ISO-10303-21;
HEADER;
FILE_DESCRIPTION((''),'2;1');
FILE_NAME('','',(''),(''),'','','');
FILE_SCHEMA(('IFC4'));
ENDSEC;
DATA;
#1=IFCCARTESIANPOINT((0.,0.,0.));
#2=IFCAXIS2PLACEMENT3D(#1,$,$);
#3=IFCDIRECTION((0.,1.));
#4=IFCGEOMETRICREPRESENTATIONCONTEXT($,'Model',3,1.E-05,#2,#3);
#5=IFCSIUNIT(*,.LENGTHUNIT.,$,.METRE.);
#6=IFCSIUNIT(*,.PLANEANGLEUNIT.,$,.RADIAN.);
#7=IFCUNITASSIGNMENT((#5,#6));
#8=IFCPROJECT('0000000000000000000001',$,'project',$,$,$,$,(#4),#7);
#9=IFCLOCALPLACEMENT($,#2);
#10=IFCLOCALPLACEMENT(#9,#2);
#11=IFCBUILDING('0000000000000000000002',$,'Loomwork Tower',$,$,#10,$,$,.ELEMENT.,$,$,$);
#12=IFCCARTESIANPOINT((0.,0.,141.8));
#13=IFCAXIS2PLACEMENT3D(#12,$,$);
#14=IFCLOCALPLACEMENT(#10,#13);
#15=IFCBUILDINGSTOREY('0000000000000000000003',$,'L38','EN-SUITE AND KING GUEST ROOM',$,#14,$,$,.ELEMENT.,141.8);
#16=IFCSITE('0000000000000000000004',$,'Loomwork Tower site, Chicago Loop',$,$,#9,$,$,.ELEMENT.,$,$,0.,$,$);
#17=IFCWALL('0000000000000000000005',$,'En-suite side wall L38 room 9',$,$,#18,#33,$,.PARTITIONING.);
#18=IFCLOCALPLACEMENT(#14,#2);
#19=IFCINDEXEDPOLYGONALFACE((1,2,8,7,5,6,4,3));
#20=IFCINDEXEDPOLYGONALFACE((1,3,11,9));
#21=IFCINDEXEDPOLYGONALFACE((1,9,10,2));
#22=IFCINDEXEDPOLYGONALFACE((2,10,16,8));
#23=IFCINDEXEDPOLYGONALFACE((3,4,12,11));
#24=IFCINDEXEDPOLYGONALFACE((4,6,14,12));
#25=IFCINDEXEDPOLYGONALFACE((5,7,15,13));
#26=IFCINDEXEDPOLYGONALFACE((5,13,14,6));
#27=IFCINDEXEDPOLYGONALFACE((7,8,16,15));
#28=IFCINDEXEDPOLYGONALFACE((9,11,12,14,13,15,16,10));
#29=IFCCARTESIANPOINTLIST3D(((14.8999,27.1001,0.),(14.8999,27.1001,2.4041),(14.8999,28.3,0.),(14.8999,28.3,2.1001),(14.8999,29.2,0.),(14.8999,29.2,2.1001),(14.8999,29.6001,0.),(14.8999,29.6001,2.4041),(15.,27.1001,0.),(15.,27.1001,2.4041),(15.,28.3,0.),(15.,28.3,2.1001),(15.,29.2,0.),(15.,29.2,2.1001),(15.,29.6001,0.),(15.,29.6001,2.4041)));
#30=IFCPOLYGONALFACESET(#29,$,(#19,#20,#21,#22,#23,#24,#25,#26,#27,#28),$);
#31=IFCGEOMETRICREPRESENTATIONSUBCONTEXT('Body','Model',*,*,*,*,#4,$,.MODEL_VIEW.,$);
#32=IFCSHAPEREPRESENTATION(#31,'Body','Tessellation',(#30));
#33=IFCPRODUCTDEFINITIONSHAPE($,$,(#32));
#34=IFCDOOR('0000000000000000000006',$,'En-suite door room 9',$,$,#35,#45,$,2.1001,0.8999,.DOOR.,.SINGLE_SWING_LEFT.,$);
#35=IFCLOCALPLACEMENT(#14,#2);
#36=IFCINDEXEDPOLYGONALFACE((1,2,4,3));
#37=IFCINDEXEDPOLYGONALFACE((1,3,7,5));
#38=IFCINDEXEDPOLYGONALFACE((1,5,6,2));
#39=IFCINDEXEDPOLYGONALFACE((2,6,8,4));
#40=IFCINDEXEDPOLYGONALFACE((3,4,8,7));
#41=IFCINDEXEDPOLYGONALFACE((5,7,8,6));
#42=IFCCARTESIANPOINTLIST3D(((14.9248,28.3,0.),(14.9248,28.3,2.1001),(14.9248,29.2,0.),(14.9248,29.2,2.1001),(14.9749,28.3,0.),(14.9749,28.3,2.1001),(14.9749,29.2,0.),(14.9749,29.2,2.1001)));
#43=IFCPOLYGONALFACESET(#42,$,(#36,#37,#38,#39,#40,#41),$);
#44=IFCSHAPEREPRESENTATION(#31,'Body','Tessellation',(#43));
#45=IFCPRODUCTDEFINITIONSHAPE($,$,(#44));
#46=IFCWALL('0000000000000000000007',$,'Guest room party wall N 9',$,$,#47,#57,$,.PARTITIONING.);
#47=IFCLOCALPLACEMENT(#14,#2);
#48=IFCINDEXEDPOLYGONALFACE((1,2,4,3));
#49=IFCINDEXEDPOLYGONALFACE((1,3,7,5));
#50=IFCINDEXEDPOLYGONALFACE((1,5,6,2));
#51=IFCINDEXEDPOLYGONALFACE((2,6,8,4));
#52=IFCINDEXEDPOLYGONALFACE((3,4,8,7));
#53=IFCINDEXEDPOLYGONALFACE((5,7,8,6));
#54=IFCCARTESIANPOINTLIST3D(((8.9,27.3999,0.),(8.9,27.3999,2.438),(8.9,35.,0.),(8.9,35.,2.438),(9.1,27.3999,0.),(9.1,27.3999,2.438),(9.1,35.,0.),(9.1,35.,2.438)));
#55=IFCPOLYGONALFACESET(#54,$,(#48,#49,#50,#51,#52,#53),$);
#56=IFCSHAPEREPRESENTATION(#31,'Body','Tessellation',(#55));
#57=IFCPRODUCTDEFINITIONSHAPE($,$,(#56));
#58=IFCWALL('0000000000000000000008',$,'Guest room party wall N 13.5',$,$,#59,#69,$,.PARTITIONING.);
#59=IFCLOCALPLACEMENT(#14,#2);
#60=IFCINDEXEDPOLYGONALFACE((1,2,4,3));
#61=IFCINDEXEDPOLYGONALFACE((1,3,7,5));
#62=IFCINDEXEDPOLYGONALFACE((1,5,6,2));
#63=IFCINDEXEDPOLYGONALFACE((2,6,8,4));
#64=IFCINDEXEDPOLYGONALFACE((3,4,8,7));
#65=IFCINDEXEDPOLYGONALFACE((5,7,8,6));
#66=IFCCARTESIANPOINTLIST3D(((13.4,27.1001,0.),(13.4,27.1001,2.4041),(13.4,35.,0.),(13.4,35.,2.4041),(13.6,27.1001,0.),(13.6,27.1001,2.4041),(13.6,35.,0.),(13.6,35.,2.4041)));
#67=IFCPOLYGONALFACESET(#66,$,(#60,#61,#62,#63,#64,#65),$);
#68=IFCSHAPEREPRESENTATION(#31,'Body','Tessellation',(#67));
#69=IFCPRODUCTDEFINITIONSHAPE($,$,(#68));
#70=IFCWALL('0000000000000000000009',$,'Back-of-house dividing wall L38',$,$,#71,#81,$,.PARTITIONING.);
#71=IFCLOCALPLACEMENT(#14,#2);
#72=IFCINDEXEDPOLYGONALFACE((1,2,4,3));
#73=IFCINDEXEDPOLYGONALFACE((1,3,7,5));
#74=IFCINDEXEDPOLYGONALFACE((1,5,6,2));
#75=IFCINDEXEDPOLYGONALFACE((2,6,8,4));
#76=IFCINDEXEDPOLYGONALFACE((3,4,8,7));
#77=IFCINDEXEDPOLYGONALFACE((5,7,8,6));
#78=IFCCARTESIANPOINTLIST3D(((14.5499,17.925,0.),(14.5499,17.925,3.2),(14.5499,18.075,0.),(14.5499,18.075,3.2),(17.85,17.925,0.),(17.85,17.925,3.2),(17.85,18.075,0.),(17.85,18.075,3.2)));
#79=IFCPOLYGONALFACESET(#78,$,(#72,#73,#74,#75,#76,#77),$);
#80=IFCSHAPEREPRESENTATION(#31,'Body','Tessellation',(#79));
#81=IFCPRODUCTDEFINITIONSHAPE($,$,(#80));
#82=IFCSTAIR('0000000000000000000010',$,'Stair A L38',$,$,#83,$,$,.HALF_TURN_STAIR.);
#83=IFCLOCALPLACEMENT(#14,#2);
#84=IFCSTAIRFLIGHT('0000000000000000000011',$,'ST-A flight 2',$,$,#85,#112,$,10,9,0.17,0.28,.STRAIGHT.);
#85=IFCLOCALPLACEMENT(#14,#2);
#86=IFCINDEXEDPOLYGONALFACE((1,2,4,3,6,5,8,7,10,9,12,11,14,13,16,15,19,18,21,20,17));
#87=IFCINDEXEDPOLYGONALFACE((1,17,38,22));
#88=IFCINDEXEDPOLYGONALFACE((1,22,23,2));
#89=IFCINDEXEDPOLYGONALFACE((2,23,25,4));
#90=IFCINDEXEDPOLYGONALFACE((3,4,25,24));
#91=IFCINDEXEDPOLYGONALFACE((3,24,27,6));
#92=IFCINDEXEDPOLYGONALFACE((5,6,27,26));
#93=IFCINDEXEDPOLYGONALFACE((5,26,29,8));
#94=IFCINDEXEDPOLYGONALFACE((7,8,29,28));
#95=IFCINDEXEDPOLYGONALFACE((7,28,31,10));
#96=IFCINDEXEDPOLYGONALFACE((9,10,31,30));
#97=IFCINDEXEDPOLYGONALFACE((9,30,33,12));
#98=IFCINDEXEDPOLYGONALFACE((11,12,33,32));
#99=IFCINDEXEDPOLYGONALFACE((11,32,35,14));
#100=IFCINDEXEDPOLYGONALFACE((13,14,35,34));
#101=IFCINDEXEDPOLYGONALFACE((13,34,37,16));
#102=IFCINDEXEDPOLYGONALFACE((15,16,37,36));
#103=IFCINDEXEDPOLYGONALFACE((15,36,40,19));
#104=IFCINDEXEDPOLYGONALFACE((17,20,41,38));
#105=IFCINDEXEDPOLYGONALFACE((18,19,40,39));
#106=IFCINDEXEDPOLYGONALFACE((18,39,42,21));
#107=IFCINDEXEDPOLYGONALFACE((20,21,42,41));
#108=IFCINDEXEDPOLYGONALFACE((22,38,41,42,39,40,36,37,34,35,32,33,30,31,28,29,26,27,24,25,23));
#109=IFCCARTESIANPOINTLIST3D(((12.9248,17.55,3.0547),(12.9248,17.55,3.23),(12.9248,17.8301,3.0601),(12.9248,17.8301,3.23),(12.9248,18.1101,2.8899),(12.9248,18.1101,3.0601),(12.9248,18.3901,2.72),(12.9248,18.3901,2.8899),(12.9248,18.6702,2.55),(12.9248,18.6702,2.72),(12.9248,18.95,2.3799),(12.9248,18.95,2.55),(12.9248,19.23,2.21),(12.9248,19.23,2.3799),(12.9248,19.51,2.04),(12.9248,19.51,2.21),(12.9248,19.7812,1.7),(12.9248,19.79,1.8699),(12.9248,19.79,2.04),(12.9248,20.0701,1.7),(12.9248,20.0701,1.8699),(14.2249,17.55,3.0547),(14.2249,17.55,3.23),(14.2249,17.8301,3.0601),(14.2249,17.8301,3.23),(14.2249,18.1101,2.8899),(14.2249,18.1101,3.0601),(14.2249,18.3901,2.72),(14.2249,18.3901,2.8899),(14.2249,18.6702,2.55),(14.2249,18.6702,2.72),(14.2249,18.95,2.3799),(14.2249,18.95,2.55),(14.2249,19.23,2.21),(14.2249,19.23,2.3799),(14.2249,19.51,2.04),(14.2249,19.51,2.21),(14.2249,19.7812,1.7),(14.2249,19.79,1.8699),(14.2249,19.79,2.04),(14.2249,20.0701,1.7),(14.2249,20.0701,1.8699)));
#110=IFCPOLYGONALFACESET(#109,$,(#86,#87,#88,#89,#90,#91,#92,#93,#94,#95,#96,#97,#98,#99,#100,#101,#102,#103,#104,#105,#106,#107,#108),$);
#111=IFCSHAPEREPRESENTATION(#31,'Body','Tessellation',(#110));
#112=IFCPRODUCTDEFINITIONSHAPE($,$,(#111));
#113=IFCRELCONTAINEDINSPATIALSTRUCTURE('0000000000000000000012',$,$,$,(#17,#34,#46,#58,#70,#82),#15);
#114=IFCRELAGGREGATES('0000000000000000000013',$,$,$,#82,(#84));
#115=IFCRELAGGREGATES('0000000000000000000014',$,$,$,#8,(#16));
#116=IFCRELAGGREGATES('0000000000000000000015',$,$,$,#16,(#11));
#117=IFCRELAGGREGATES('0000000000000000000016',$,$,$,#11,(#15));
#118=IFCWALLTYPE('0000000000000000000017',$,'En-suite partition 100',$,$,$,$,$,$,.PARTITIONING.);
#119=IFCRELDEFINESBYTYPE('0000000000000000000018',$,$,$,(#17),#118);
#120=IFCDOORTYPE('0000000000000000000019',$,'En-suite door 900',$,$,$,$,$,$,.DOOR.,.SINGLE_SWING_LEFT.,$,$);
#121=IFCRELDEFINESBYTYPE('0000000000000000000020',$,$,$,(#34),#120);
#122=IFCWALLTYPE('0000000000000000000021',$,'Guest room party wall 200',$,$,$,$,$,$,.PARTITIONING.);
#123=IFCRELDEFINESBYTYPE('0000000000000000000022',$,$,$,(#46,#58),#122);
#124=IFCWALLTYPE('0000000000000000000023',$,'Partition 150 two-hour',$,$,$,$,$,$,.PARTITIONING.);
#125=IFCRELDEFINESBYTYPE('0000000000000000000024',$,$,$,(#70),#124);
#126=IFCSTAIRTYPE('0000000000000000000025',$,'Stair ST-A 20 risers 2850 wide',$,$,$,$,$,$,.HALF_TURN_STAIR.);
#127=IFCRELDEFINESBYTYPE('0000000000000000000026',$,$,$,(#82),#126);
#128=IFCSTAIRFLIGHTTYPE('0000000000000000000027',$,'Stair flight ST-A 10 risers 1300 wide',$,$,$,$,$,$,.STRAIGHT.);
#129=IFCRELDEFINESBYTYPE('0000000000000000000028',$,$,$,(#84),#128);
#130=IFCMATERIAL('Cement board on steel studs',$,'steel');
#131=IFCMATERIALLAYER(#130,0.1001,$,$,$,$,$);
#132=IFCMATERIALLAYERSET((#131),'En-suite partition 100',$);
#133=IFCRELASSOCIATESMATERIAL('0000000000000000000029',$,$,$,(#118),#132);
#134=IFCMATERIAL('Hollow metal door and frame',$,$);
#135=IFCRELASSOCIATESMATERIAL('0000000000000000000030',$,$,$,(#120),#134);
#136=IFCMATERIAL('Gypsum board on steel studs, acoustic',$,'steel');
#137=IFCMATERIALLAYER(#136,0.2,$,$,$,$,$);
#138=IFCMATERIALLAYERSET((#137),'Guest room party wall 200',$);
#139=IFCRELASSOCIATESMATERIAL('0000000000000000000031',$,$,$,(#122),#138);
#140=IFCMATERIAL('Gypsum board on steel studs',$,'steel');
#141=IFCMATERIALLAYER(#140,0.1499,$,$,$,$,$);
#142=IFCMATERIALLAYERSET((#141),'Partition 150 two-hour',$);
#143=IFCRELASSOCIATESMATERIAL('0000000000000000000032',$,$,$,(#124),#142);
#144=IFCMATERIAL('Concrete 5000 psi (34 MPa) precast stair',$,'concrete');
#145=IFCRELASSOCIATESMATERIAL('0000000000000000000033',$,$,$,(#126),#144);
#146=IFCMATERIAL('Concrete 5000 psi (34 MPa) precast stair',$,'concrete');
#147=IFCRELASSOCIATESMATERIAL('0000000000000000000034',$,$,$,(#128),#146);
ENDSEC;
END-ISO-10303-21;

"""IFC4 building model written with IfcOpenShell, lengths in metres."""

from ifc_helpers import new_model, si_unit, direction, frame, frame_2d, origin, place, context, subcontext, project, spatial, polyline, rectangle, outline, extrude, material, layer, layer_set, type_object, element, fill, aggregate, save


model = new_model("IFC4")

# Units and contexts
model_context = context("Model", 3, precision=1e-05, world=origin(), true_north=direction((0.0, 1.0)))
body_context = subcontext(model_context, "Body", "Model", "MODEL_VIEW")
ifc_project = project(units=[si_unit("LENGTHUNIT", "METRE"), si_unit("PLANEANGLEUNIT", "RADIAN")], contexts=[model_context])

# Site, building, storey
site_placement = place(None, origin())
site = spatial("IfcSite", under=ifc_project, at=site_placement, Name="Loomwork Tower site, Chicago Loop", CompositionType="ELEMENT", RefElevation=0.0)
building_placement = place(site_placement, origin())
building = spatial("IfcBuilding", under=site, at=building_placement, Name="Loomwork Tower", CompositionType="ELEMENT")
storey_placement = place(building_placement, frame((0.0, 0.0, 141.8)))
storey = spatial("IfcBuildingStorey", under=building, at=storey_placement, Name="L38", Description="EN-SUITE AND KING GUEST ROOM", CompositionType="ELEMENT", Elevation=141.8)

# Wall, opening, door
ifc_material_1 = material(Name="Cement board on steel studs", Category="steel")
ifc_layer_1 = layer(ifc_material_1, 0.1001)
ifc_layer_set_1 = layer_set([ifc_layer_1], Name="En-suite partition 100")
wall_type_1 = type_object("IfcWallType", Name="En-suite partition 100", PredefinedType="PARTITIONING", material=ifc_layer_set_1)
ifc_material_2 = material(Name="Hollow metal door and frame")
door_type_1 = type_object("IfcDoorType", Name="En-suite door 900", OperationType="SINGLE_SWING_LEFT", PredefinedType="DOOR", material=ifc_material_2)
wall_1_placement = place(storey_placement, frame((14.95, 27.1001, 0.0), z_axis=(0.0, 0.0, 1.0), x_axis=(0.0, 1.0, 0.0)))
wall_1 = element("IfcWall", 1, at=wall_1_placement, inside=storey, type_object=wall_type_1, Name="En-suite side wall L38 room 9", PredefinedType="PARTITIONING", context=body_context, shape_type="SweptSolid", body=[
    extrude(rectangle(XDim=2.5, YDim=0.1001, at=frame_2d((1.25, 0.0))), origin(), (0.0, 0.0, 1.0), 2.4041),
])
opening_1_placement = place(wall_1_placement, frame((1.2, 0.0, 0.0)))
opening_1 = element("IfcOpeningElement", 2, at=opening_1_placement, cuts=wall_1, PredefinedType="OPENING", context=body_context, shape_type="SweptSolid", body=[
    extrude(rectangle(XDim=0.8999, YDim=2.1001, at=frame_2d((0.45, 1.05))), frame((0.0, 0.0601, 0.0), z_axis=(0.0, -1.0, 0.0), x_axis=(1.0, 0.0, 0.0)), (0.0, 0.0, 1.0), 0.1201),
])
door_1_placement = place(opening_1_placement, frame((0.8999, 0.0, 0.0), z_axis=(0.0, 0.0, 1.0), x_axis=(-1.0, 0.0, 0.0)))
door_1 = element("IfcDoor", 3, at=door_1_placement, inside=storey, type_object=door_type_1, Name="En-suite door room 9", OperationType="SINGLE_SWING_LEFT", OverallHeight=2.1001, OverallWidth=0.8999, PredefinedType="DOOR", context=body_context, shape_type="SweptSolid", body=[
    extrude(rectangle(XDim=0.8999, YDim=2.1001, at=frame_2d((0.45, 1.05))), frame((0.0, 0.0249, 0.0), z_axis=(0.0, -1.0, 0.0), x_axis=(1.0, 0.0, 0.0)), (0.0, 0.0, 1.0), 0.05),
])
fill(opening_1, door_1)

# Walls
ifc_material_3 = material(Name="Gypsum board on steel studs, acoustic", Category="steel")
ifc_layer_2 = layer(ifc_material_3, 0.2)
ifc_layer_set_2 = layer_set([ifc_layer_2], Name="Guest room party wall 200")
wall_type_2 = type_object("IfcWallType", Name="Guest room party wall 200", PredefinedType="PARTITIONING", material=ifc_layer_set_2)
wall_2_placement = place(storey_placement, frame((9.0, 27.3999, 0.0), z_axis=(0.0, 0.0, 1.0), x_axis=(0.0, 1.0, 0.0)))
element("IfcWall", 4, at=wall_2_placement, inside=storey, type_object=wall_type_2, Name="Guest room party wall N 9", PredefinedType="PARTITIONING", context=body_context, shape_type="SweptSolid", body=[
    extrude(rectangle(XDim=7.6001, YDim=0.2, at=frame_2d((3.8, 0.0))), origin(), (0.0, 0.0, 1.0), 2.438),
])
wall_3_placement = place(storey_placement, frame((13.5, 27.1001, 0.0), z_axis=(0.0, 0.0, 1.0), x_axis=(0.0, 1.0, 0.0)))
element("IfcWall", 5, at=wall_3_placement, inside=storey, type_object=wall_type_2, Name="Guest room party wall N 13.5", PredefinedType="PARTITIONING", context=body_context, shape_type="SweptSolid", body=[
    extrude(rectangle(XDim=7.8999, YDim=0.2, at=frame_2d((3.95, 0.0))), origin(), (0.0, 0.0, 1.0), 2.4041),
])
ifc_material_4 = material(Name="Gypsum board on steel studs", Category="steel")
ifc_layer_3 = layer(ifc_material_4, 0.1499)
ifc_layer_set_3 = layer_set([ifc_layer_3], Name="Partition 150 two-hour")
wall_type_3 = type_object("IfcWallType", Name="Partition 150 two-hour", PredefinedType="PARTITIONING", material=ifc_layer_set_3)
wall_4_placement = place(storey_placement, frame((14.55, 18.0, 0.0), z_axis=(0.0, 0.0, 1.0), x_axis=(1.0, 0.0, 0.0)))
element("IfcWall", 6, at=wall_4_placement, inside=storey, type_object=wall_type_3, Name="Back-of-house dividing wall L38", PredefinedType="PARTITIONING", context=body_context, shape_type="SweptSolid", body=[
    extrude(rectangle(XDim=3.3, YDim=0.1499, at=frame_2d((1.6499, 0.0))), origin(), (0.0, 0.0, 1.0), 3.2),
])

# Stair, stair flight
ifc_material_5 = material(Name="Concrete 5000 psi (34 MPa) precast stair", Category="concrete")
stair_type = type_object("IfcStairType", Name="Stair ST-A 20 risers 2850 wide", PredefinedType="HALF_TURN_STAIR", material=ifc_material_5)
stair_placement = place(storey_placement, origin())
stair = element("IfcStair", 7, at=stair_placement, inside=storey, type_object=stair_type, Name="Stair A L38", PredefinedType="HALF_TURN_STAIR")
ifc_material_6 = material(Name="Concrete 5000 psi (34 MPa) precast stair", Category="concrete")
stair_flight_type = type_object("IfcStairFlightType", Name="Stair flight ST-A 10 risers 1300 wide", PredefinedType="STRAIGHT", material=ifc_material_6)
stair_flight_placement = place(storey_placement, frame((13.575, 20.0701, 1.7), z_axis=(0.0, 0.0, 1.0), x_axis=(0.0, -1.0, 0.0)))
stair_flight = element("IfcStairFlight", 8, at=stair_flight_placement, type_object=stair_flight_type, Name="ST-A flight 2", NumberOfRisers=10, NumberOfTreads=9, PredefinedType="STRAIGHT", RiserHeight=0.17, TreadLength=0.28, context=body_context, shape_type="SweptSolid", body=[
    extrude(outline(polyline([(0.0, 0.0), (0.0, 0.1699), (0.28, 0.1699), (0.28, 0.3401), (0.5601, 0.3401), (0.5601, 0.51), (0.8401, 0.51), (0.8401, 0.6799), (1.1201, 0.6799), (1.1201, 0.8501), (1.3999, 0.8501), (1.3999, 1.02), (1.6799, 1.02), (1.6799, 1.1899), (1.96, 1.1899), (1.96, 1.3601), (2.24, 1.3601), (2.24, 1.53), (2.52, 1.53), (2.52, 1.7), (2.52, 1.3547), (0.2888, 0.0), (0.0, 0.0)])), frame((0.0, 0.6499, 0.0), z_axis=(0.0, -1.0, 0.0), x_axis=(1.0, 0.0, 0.0)), (0.0, 0.0, 1.0), 1.3),
])
aggregate(stair, [stair_flight])

save(model, "model.ifc")
